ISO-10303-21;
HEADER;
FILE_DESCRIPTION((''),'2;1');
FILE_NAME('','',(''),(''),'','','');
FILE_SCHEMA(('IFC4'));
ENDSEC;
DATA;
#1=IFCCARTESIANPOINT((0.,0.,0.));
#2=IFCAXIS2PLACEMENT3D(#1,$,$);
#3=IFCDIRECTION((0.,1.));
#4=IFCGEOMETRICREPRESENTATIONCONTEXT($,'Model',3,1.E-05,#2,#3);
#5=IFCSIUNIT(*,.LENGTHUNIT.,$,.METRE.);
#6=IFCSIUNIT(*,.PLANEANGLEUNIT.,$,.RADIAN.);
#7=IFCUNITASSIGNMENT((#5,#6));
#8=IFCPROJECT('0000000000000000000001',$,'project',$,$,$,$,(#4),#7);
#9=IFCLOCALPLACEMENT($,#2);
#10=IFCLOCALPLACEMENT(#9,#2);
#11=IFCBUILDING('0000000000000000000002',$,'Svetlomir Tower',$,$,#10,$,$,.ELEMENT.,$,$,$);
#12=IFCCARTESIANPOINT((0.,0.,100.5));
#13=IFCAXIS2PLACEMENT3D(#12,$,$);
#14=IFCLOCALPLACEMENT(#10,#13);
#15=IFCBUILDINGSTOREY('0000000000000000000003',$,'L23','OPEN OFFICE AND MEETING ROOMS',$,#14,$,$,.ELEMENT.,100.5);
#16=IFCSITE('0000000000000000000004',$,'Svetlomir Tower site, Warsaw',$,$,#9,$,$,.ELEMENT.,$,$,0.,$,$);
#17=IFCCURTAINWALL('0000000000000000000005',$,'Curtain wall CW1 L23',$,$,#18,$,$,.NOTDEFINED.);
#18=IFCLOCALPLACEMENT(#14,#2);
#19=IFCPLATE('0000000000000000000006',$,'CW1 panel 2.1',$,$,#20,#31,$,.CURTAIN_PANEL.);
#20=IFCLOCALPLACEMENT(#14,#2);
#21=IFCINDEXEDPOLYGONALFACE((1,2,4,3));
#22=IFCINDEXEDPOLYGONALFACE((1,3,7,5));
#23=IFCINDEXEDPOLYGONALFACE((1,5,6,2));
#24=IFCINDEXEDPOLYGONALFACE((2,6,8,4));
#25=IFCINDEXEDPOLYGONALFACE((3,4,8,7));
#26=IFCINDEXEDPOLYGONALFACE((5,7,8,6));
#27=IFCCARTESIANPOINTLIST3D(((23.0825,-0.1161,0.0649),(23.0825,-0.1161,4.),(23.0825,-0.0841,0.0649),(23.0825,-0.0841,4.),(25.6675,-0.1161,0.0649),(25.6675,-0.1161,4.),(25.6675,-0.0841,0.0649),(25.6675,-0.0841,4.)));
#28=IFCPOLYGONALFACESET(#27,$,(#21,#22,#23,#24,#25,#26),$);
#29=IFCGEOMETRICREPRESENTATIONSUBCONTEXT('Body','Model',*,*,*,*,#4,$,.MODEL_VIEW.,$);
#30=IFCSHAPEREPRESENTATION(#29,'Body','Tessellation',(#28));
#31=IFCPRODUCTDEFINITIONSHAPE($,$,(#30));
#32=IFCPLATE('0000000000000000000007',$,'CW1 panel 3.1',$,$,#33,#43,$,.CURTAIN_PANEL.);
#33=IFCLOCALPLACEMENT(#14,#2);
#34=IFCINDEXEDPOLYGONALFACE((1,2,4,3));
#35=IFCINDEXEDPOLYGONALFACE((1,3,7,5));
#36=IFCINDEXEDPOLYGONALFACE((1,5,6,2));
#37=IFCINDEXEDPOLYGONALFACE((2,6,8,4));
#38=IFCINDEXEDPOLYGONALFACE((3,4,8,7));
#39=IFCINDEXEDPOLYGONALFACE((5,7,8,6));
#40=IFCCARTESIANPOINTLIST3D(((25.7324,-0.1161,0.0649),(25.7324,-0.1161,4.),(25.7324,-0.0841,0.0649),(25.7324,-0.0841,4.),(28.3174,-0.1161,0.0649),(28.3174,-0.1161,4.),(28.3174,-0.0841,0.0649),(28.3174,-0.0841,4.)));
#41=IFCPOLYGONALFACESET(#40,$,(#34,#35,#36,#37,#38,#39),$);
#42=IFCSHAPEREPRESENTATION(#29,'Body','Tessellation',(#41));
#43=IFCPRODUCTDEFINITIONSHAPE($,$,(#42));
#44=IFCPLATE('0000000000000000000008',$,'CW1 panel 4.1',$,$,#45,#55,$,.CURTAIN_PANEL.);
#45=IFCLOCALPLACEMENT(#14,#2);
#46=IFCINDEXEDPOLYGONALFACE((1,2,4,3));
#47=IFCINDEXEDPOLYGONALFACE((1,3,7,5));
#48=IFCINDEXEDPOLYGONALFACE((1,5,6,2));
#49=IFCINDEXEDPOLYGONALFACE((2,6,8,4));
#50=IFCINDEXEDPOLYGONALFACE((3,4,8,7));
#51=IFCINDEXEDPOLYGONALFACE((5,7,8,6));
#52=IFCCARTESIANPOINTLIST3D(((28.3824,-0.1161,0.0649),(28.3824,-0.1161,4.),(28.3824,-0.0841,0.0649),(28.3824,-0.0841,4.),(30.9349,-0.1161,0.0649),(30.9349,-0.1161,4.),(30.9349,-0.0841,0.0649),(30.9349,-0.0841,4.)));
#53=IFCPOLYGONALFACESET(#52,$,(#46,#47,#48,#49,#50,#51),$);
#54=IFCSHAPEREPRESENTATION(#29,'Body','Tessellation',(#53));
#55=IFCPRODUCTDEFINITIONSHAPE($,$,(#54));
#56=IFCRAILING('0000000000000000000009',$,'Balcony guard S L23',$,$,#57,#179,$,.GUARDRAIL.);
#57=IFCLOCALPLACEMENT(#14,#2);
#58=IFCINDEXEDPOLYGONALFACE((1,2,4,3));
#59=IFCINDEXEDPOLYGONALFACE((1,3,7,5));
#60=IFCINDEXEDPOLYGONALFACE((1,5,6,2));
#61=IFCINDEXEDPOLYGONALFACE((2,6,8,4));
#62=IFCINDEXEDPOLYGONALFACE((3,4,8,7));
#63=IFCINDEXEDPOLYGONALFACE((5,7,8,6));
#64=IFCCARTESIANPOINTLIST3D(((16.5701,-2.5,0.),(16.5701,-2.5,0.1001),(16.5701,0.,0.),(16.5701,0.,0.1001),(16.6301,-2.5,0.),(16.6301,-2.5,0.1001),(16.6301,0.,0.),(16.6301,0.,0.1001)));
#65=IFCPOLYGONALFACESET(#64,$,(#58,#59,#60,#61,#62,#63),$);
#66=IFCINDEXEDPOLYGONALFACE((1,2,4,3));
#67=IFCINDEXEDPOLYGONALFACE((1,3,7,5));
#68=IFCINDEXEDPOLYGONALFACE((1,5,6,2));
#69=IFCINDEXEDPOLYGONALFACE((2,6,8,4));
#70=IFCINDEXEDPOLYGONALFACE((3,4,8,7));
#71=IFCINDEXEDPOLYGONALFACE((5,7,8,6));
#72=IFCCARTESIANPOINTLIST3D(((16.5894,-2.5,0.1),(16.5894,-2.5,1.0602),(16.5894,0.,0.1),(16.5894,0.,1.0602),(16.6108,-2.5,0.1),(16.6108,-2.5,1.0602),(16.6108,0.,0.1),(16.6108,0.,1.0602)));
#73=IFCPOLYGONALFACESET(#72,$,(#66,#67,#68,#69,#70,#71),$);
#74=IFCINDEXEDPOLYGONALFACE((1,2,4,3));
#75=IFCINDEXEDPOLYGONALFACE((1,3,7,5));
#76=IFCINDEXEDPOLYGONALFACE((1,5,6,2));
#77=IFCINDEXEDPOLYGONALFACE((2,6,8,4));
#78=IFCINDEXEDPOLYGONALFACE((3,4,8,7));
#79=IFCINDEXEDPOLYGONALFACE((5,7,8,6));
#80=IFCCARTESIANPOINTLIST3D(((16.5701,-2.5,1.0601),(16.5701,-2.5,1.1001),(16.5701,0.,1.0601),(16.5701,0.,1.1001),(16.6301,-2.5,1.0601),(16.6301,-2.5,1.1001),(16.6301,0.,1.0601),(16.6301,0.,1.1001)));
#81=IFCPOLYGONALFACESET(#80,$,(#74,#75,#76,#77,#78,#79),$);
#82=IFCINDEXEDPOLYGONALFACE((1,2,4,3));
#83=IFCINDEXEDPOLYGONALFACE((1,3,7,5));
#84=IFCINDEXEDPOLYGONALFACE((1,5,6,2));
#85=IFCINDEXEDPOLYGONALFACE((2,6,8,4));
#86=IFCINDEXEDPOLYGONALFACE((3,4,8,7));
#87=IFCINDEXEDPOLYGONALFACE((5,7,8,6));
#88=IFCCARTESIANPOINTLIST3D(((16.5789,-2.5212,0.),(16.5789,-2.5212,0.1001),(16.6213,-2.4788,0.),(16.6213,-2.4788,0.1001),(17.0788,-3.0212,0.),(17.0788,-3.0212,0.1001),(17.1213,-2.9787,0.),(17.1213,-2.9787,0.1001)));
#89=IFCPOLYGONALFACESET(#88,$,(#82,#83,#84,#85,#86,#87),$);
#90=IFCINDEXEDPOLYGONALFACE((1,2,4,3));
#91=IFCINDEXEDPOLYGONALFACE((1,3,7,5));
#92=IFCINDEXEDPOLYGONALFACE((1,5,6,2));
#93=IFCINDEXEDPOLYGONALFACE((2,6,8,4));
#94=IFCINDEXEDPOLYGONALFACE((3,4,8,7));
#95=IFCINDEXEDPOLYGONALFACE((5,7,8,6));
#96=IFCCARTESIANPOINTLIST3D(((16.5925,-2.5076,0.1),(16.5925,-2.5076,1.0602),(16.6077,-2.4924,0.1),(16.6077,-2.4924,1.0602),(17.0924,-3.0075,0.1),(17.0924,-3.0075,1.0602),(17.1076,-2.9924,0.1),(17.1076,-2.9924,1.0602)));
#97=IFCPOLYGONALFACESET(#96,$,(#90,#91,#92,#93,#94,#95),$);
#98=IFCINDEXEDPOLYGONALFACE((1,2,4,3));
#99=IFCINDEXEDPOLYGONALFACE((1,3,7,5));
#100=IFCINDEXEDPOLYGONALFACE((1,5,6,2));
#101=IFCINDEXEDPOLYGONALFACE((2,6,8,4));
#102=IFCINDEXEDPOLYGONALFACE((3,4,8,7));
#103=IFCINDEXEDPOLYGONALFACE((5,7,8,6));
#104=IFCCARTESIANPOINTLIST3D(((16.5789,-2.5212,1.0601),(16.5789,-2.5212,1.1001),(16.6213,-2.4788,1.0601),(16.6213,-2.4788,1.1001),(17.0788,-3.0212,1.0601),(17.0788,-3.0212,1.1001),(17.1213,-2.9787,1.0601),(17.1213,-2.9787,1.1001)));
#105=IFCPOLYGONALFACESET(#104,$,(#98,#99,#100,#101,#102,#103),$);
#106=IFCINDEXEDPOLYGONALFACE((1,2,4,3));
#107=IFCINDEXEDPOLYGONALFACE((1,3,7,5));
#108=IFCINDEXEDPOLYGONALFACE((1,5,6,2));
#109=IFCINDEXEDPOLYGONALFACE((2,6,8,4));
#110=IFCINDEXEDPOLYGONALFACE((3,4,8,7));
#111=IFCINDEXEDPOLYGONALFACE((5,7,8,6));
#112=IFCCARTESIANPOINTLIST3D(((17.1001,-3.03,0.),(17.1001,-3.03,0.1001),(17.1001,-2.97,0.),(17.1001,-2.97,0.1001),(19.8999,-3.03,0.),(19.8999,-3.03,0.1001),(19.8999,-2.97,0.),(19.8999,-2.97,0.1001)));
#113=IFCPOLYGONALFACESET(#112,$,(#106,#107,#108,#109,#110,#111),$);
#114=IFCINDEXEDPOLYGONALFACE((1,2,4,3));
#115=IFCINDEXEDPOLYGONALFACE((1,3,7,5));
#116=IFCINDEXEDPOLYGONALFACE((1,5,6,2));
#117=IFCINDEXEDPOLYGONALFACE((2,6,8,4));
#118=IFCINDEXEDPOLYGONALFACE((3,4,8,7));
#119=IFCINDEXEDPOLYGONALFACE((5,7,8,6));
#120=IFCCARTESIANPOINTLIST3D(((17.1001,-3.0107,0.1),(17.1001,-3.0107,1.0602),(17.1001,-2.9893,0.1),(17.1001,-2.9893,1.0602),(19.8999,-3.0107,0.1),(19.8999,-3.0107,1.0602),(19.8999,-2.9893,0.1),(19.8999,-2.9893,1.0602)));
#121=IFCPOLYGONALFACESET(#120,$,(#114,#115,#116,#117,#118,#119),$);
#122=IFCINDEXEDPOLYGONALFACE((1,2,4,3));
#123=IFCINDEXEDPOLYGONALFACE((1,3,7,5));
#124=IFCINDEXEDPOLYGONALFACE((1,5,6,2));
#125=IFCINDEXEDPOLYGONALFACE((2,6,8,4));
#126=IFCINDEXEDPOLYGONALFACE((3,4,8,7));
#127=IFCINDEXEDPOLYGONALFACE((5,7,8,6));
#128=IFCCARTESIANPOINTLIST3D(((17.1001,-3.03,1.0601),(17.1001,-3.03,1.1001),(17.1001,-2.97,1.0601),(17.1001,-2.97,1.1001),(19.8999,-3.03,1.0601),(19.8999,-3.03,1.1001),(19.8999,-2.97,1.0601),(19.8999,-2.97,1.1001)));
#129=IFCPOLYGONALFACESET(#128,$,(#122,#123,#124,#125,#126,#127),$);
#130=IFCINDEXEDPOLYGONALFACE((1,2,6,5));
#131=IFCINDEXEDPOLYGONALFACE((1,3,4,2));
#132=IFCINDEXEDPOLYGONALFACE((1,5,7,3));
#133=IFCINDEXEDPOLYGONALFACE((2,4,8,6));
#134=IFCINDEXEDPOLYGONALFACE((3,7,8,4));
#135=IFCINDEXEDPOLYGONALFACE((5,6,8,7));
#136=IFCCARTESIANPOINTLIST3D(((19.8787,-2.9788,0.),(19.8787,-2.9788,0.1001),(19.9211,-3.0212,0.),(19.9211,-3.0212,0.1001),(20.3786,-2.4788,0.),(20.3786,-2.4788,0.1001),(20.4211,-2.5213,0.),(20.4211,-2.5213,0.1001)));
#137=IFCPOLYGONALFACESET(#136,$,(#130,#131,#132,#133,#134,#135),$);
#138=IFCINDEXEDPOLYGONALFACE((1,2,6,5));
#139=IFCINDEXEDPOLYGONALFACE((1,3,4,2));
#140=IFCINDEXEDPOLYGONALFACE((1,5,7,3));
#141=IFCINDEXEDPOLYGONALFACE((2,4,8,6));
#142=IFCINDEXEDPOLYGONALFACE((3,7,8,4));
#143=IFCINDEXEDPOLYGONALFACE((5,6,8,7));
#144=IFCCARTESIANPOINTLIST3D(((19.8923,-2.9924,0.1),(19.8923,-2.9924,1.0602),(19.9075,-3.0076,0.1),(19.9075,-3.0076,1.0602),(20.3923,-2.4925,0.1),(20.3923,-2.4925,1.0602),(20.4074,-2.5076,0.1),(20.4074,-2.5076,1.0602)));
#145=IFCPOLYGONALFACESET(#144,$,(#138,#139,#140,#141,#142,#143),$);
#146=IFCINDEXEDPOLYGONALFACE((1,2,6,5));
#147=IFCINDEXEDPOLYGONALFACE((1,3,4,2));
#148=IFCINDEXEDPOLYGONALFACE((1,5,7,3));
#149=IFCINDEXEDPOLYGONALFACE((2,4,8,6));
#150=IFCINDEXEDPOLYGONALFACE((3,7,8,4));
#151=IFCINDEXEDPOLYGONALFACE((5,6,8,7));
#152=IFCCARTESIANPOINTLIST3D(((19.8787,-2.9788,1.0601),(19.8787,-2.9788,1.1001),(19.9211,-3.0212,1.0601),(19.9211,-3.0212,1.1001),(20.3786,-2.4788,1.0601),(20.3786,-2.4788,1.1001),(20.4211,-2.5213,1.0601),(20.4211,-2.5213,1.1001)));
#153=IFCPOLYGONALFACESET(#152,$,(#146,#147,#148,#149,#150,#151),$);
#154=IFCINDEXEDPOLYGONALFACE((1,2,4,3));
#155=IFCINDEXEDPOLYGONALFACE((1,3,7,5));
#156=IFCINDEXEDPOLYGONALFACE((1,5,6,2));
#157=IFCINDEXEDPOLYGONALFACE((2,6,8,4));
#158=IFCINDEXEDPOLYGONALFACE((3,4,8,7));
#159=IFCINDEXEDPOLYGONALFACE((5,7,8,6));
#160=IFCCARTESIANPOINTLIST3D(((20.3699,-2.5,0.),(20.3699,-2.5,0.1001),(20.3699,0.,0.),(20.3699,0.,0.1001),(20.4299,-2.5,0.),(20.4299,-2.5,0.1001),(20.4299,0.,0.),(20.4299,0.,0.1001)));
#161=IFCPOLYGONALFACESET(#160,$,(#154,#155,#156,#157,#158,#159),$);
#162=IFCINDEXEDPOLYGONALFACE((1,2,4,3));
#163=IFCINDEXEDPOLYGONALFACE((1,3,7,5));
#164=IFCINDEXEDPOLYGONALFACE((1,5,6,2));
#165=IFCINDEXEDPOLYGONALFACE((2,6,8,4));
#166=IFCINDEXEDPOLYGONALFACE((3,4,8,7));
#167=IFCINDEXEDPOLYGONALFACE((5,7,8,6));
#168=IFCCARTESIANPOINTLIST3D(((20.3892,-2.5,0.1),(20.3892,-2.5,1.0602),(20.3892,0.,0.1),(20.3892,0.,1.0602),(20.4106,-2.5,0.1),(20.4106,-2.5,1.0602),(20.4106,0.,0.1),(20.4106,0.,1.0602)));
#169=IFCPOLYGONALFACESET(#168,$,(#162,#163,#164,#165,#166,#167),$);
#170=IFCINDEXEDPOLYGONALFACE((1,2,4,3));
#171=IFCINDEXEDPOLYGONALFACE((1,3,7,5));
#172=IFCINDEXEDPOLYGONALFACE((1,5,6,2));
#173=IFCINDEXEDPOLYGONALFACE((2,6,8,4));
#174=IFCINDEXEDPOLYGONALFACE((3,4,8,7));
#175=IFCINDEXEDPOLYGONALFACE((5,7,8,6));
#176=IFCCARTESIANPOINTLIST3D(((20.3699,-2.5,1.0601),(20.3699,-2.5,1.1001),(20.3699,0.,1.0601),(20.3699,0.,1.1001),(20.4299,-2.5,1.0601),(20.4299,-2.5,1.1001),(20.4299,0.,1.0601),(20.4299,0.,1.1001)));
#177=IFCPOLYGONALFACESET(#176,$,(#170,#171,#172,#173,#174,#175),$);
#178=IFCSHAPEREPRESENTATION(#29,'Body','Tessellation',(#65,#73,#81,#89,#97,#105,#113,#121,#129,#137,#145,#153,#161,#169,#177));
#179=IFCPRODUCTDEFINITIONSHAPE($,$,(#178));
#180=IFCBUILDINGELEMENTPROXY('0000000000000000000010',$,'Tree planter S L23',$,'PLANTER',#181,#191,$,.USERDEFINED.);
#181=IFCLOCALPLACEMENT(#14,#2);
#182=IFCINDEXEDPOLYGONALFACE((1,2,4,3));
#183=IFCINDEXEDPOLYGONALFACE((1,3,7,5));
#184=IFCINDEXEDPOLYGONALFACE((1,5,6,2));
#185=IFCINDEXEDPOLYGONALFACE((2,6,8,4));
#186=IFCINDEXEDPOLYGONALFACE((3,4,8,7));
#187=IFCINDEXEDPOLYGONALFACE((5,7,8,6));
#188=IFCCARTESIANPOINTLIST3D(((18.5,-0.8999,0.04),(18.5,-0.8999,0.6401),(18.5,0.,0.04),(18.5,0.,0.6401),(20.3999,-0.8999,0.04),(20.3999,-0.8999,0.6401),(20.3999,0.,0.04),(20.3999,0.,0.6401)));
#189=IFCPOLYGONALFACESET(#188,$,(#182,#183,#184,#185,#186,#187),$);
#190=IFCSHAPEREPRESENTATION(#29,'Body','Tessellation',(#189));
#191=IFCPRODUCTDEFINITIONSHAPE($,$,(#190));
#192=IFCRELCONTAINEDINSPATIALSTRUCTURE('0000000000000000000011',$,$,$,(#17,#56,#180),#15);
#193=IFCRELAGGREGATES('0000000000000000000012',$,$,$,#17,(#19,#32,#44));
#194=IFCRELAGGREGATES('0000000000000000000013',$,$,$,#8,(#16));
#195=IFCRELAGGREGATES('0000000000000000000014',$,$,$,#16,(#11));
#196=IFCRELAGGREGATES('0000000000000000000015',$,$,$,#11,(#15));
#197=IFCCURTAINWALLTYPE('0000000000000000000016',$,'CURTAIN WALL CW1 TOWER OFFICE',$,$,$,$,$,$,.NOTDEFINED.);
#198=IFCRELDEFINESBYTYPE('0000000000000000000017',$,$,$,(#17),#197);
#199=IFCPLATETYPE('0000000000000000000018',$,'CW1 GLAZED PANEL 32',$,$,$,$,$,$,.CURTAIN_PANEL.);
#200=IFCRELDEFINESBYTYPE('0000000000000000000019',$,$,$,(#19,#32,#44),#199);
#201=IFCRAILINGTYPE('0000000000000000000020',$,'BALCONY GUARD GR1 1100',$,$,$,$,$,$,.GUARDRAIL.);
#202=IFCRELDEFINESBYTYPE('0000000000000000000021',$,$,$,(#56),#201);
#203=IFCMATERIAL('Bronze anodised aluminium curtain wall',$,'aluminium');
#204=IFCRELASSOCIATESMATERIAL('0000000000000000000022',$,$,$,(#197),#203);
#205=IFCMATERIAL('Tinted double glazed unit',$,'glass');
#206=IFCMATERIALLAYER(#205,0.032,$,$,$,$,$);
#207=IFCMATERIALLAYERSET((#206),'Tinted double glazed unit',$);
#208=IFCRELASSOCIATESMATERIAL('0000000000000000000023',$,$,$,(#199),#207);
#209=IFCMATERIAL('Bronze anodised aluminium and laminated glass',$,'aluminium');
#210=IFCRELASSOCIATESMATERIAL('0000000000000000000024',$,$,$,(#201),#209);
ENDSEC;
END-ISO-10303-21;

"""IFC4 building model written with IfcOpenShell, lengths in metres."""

from ifc_helpers import new_model, si_unit, direction, frame, origin, origin_2d, place, context, subcontext, project, spatial, rectangle, extrude, material, layer, layer_set, type_object, element, aggregate, save


model = new_model("IFC4")

# Units and contexts
model_context = context("Model", 3, precision=1e-05, world=origin(), true_north=direction((0.0, 1.0)))
body_context = subcontext(model_context, "Body", "Model", "MODEL_VIEW")
ifc_project = project(units=[si_unit("LENGTHUNIT", "METRE"), si_unit("PLANEANGLEUNIT", "RADIAN")], contexts=[model_context])

# Site, building, storey
site_placement = place(None, origin())
site = spatial("IfcSite", under=ifc_project, at=site_placement, Name="Svetlomir Tower site, Warsaw", CompositionType="ELEMENT", RefElevation=0.0)
building_placement = place(site_placement, origin())
building = spatial("IfcBuilding", under=site, at=building_placement, Name="Svetlomir Tower", CompositionType="ELEMENT")
storey_placement = place(building_placement, frame((0.0, 0.0, 100.5)))
storey = spatial("IfcBuildingStorey", under=building, at=storey_placement, Name="L23", Description="OPEN OFFICE AND MEETING ROOMS", CompositionType="ELEMENT", Elevation=100.5)

# Curtain wall
ifc_material_1 = material(Name="Bronze anodised aluminium curtain wall", Category="aluminium")
curtain_wall_type = type_object("IfcCurtainWallType", Name="CURTAIN WALL CW1 TOWER OFFICE", PredefinedType="NOTDEFINED", material=ifc_material_1)
curtain_wall_1_placement = place(storey_placement, origin())
curtain_wall_1 = element("IfcCurtainWall", 1, at=curtain_wall_1_placement, inside=storey, type_object=curtain_wall_type, Name="Curtain wall CW1 L23", PredefinedType="NOTDEFINED")

# Plates
ifc_material_2 = material(Name="Tinted double glazed unit", Category="glass")
ifc_layer_1 = layer(ifc_material_2, 0.032)
ifc_layer_set_1 = layer_set([ifc_layer_1], Name="Tinted double glazed unit")
plate_type = type_object("IfcPlateType", Name="CW1 GLAZED PANEL 32", PredefinedType="CURTAIN_PANEL", material=ifc_layer_set_1)
plate_1_placement = place(storey_placement, frame((24.375, -0.1001, 0.0649), z_axis=(0.0, 0.0, 1.0), x_axis=(1.0, 0.0, 0.0)))
plate_1 = element("IfcPlate", 2, at=plate_1_placement, type_object=plate_type, Name="CW1 panel 2.1", PredefinedType="CURTAIN_PANEL", context=body_context, shape_type="SweptSolid", body=[
    extrude(rectangle(XDim=2.585, YDim=0.032, at=origin_2d()), origin(), (0.0, 0.0, 1.0), 3.9351),
])
plate_2_placement = place(storey_placement, frame((27.0249, -0.1001, 0.0649), z_axis=(0.0, 0.0, 1.0), x_axis=(1.0, 0.0, 0.0)))
plate_2 = element("IfcPlate", 3, at=plate_2_placement, type_object=plate_type, Name="CW1 panel 3.1", PredefinedType="CURTAIN_PANEL", context=body_context, shape_type="SweptSolid", body=[
    extrude(rectangle(XDim=2.585, YDim=0.032, at=origin_2d()), origin(), (0.0, 0.0, 1.0), 3.9351),
])
plate_3_placement = place(storey_placement, frame((29.6587, -0.1001, 0.0649), z_axis=(0.0, 0.0, 1.0), x_axis=(1.0, 0.0, 0.0)))
plate_3 = element("IfcPlate", 4, at=plate_3_placement, type_object=plate_type, Name="CW1 panel 4.1", PredefinedType="CURTAIN_PANEL", context=body_context, shape_type="SweptSolid", body=[
    extrude(rectangle(XDim=2.5525, YDim=0.032, at=origin_2d()), origin(), (0.0, 0.0, 1.0), 3.9351),
])
aggregate(curtain_wall_1, [plate_1, plate_2, plate_3])

# Railing
ifc_material_3 = material(Name="Bronze anodised aluminium and laminated glass", Category="aluminium")
railing_type = type_object("IfcRailingType", Name="BALCONY GUARD GR1 1100", PredefinedType="GUARDRAIL", material=ifc_material_3)
railing_placement = place(storey_placement, frame((16.6001, 0.0, 0.0)))
element("IfcRailing", 5, at=railing_placement, inside=storey, type_object=railing_type, Name="Balcony guard S L23", PredefinedType="GUARDRAIL", context=body_context, shape_type="SweptSolid", body=[
    extrude(rectangle(XDim=0.0601, YDim=0.1001, at=origin_2d()), frame((0.0, 0.0, 0.05), z_axis=(0.0, -1.0, 0.0), x_axis=(1.0, 0.0, 0.0)), (0.0, 0.0, 1.0), 2.5),
    extrude(rectangle(XDim=0.0215, YDim=0.9602, at=origin_2d()), frame((0.0, 0.0, 0.5801), z_axis=(0.0, -1.0, 0.0), x_axis=(1.0, 0.0, 0.0)), (0.0, 0.0, 1.0), 2.5),
    extrude(rectangle(XDim=0.0601, YDim=0.04, at=origin_2d()), frame((0.0, 0.0, 1.0801), z_axis=(0.0, -1.0, 0.0), x_axis=(1.0, 0.0, 0.0)), (0.0, 0.0, 1.0), 2.5),
    extrude(rectangle(XDim=0.0601, YDim=0.1001, at=origin_2d()), frame((0.0, -2.5, 0.05), z_axis=(0.707107, -0.707107, 0.0), x_axis=(0.707107, 0.707107, 0.0)), (0.0, 0.0, 1.0), 0.707),
    extrude(rectangle(XDim=0.0215, YDim=0.9602, at=origin_2d()), frame((0.0, -2.5, 0.5801), z_axis=(0.707107, -0.707107, 0.0), x_axis=(0.707107, 0.707107, 0.0)), (0.0, 0.0, 1.0), 0.707),
    extrude(rectangle(XDim=0.0601, YDim=0.04, at=origin_2d()), frame((0.0, -2.5, 1.0801), z_axis=(0.707107, -0.707107, 0.0), x_axis=(0.707107, 0.707107, 0.0)), (0.0, 0.0, 1.0), 0.707),
    extrude(rectangle(XDim=0.0601, YDim=0.1001, at=origin_2d()), frame((0.5, -3.0, 0.05), z_axis=(1.0, 0.0, 0.0), x_axis=(0.0, 1.0, 0.0)), (0.0, 0.0, 1.0), 2.7998),
    extrude(rectangle(XDim=0.0215, YDim=0.9602, at=origin_2d()), frame((0.5, -3.0, 0.5801), z_axis=(1.0, 0.0, 0.0), x_axis=(0.0, 1.0, 0.0)), (0.0, 0.0, 1.0), 2.7998),
    extrude(rectangle(XDim=0.0601, YDim=0.04, at=origin_2d()), frame((0.5, -3.0, 1.0801), z_axis=(1.0, 0.0, 0.0), x_axis=(0.0, 1.0, 0.0)), (0.0, 0.0, 1.0), 2.7998),
    extrude(rectangle(XDim=0.0601, YDim=0.1001, at=origin_2d()), frame((3.2998, -3.0, 0.05), z_axis=(0.707107, 0.707107, 0.0), x_axis=(-0.707107, 0.707107, 0.0)), (0.0, 0.0, 1.0), 0.707),
    extrude(rectangle(XDim=0.0215, YDim=0.9602, at=origin_2d()), frame((3.2998, -3.0, 0.5801), z_axis=(0.707107, 0.707107, 0.0), x_axis=(-0.707107, 0.707107, 0.0)), (0.0, 0.0, 1.0), 0.707),
    extrude(rectangle(XDim=0.0601, YDim=0.04, at=origin_2d()), frame((3.2998, -3.0, 1.0801), z_axis=(0.707107, 0.707107, 0.0), x_axis=(-0.707107, 0.707107, 0.0)), (0.0, 0.0, 1.0), 0.707),
    extrude(rectangle(XDim=0.0601, YDim=0.1001, at=origin_2d()), frame((3.7998, -2.5, 0.05), z_axis=(0.0, 1.0, 0.0), x_axis=(-1.0, 0.0, 0.0)), (0.0, 0.0, 1.0), 2.5),
    extrude(rectangle(XDim=0.0215, YDim=0.9602, at=origin_2d()), frame((3.7998, -2.5, 0.5801), z_axis=(0.0, 1.0, 0.0), x_axis=(-1.0, 0.0, 0.0)), (0.0, 0.0, 1.0), 2.5),
    extrude(rectangle(XDim=0.0601, YDim=0.04, at=origin_2d()), frame((3.7998, -2.5, 1.0801), z_axis=(0.0, 1.0, 0.0), x_axis=(-1.0, 0.0, 0.0)), (0.0, 0.0, 1.0), 2.5),
])

# Building element proxy
proxy_placement = place(storey_placement, frame((19.45, -0.45, 0.04), z_axis=(0.0, 0.0, 1.0), x_axis=(1.0, 0.0, 0.0)))
element("IfcBuildingElementProxy", 6, at=proxy_placement, inside=storey, Name="Tree planter S L23", ObjectType="PLANTER", PredefinedType="USERDEFINED", context=body_context, shape_type="SweptSolid", body=[
    extrude(rectangle(XDim=1.8999, YDim=0.8999, at=origin_2d()), origin(), (0.0, 0.0, 1.0), 0.6001),
])

save(model, "model.ifc")
